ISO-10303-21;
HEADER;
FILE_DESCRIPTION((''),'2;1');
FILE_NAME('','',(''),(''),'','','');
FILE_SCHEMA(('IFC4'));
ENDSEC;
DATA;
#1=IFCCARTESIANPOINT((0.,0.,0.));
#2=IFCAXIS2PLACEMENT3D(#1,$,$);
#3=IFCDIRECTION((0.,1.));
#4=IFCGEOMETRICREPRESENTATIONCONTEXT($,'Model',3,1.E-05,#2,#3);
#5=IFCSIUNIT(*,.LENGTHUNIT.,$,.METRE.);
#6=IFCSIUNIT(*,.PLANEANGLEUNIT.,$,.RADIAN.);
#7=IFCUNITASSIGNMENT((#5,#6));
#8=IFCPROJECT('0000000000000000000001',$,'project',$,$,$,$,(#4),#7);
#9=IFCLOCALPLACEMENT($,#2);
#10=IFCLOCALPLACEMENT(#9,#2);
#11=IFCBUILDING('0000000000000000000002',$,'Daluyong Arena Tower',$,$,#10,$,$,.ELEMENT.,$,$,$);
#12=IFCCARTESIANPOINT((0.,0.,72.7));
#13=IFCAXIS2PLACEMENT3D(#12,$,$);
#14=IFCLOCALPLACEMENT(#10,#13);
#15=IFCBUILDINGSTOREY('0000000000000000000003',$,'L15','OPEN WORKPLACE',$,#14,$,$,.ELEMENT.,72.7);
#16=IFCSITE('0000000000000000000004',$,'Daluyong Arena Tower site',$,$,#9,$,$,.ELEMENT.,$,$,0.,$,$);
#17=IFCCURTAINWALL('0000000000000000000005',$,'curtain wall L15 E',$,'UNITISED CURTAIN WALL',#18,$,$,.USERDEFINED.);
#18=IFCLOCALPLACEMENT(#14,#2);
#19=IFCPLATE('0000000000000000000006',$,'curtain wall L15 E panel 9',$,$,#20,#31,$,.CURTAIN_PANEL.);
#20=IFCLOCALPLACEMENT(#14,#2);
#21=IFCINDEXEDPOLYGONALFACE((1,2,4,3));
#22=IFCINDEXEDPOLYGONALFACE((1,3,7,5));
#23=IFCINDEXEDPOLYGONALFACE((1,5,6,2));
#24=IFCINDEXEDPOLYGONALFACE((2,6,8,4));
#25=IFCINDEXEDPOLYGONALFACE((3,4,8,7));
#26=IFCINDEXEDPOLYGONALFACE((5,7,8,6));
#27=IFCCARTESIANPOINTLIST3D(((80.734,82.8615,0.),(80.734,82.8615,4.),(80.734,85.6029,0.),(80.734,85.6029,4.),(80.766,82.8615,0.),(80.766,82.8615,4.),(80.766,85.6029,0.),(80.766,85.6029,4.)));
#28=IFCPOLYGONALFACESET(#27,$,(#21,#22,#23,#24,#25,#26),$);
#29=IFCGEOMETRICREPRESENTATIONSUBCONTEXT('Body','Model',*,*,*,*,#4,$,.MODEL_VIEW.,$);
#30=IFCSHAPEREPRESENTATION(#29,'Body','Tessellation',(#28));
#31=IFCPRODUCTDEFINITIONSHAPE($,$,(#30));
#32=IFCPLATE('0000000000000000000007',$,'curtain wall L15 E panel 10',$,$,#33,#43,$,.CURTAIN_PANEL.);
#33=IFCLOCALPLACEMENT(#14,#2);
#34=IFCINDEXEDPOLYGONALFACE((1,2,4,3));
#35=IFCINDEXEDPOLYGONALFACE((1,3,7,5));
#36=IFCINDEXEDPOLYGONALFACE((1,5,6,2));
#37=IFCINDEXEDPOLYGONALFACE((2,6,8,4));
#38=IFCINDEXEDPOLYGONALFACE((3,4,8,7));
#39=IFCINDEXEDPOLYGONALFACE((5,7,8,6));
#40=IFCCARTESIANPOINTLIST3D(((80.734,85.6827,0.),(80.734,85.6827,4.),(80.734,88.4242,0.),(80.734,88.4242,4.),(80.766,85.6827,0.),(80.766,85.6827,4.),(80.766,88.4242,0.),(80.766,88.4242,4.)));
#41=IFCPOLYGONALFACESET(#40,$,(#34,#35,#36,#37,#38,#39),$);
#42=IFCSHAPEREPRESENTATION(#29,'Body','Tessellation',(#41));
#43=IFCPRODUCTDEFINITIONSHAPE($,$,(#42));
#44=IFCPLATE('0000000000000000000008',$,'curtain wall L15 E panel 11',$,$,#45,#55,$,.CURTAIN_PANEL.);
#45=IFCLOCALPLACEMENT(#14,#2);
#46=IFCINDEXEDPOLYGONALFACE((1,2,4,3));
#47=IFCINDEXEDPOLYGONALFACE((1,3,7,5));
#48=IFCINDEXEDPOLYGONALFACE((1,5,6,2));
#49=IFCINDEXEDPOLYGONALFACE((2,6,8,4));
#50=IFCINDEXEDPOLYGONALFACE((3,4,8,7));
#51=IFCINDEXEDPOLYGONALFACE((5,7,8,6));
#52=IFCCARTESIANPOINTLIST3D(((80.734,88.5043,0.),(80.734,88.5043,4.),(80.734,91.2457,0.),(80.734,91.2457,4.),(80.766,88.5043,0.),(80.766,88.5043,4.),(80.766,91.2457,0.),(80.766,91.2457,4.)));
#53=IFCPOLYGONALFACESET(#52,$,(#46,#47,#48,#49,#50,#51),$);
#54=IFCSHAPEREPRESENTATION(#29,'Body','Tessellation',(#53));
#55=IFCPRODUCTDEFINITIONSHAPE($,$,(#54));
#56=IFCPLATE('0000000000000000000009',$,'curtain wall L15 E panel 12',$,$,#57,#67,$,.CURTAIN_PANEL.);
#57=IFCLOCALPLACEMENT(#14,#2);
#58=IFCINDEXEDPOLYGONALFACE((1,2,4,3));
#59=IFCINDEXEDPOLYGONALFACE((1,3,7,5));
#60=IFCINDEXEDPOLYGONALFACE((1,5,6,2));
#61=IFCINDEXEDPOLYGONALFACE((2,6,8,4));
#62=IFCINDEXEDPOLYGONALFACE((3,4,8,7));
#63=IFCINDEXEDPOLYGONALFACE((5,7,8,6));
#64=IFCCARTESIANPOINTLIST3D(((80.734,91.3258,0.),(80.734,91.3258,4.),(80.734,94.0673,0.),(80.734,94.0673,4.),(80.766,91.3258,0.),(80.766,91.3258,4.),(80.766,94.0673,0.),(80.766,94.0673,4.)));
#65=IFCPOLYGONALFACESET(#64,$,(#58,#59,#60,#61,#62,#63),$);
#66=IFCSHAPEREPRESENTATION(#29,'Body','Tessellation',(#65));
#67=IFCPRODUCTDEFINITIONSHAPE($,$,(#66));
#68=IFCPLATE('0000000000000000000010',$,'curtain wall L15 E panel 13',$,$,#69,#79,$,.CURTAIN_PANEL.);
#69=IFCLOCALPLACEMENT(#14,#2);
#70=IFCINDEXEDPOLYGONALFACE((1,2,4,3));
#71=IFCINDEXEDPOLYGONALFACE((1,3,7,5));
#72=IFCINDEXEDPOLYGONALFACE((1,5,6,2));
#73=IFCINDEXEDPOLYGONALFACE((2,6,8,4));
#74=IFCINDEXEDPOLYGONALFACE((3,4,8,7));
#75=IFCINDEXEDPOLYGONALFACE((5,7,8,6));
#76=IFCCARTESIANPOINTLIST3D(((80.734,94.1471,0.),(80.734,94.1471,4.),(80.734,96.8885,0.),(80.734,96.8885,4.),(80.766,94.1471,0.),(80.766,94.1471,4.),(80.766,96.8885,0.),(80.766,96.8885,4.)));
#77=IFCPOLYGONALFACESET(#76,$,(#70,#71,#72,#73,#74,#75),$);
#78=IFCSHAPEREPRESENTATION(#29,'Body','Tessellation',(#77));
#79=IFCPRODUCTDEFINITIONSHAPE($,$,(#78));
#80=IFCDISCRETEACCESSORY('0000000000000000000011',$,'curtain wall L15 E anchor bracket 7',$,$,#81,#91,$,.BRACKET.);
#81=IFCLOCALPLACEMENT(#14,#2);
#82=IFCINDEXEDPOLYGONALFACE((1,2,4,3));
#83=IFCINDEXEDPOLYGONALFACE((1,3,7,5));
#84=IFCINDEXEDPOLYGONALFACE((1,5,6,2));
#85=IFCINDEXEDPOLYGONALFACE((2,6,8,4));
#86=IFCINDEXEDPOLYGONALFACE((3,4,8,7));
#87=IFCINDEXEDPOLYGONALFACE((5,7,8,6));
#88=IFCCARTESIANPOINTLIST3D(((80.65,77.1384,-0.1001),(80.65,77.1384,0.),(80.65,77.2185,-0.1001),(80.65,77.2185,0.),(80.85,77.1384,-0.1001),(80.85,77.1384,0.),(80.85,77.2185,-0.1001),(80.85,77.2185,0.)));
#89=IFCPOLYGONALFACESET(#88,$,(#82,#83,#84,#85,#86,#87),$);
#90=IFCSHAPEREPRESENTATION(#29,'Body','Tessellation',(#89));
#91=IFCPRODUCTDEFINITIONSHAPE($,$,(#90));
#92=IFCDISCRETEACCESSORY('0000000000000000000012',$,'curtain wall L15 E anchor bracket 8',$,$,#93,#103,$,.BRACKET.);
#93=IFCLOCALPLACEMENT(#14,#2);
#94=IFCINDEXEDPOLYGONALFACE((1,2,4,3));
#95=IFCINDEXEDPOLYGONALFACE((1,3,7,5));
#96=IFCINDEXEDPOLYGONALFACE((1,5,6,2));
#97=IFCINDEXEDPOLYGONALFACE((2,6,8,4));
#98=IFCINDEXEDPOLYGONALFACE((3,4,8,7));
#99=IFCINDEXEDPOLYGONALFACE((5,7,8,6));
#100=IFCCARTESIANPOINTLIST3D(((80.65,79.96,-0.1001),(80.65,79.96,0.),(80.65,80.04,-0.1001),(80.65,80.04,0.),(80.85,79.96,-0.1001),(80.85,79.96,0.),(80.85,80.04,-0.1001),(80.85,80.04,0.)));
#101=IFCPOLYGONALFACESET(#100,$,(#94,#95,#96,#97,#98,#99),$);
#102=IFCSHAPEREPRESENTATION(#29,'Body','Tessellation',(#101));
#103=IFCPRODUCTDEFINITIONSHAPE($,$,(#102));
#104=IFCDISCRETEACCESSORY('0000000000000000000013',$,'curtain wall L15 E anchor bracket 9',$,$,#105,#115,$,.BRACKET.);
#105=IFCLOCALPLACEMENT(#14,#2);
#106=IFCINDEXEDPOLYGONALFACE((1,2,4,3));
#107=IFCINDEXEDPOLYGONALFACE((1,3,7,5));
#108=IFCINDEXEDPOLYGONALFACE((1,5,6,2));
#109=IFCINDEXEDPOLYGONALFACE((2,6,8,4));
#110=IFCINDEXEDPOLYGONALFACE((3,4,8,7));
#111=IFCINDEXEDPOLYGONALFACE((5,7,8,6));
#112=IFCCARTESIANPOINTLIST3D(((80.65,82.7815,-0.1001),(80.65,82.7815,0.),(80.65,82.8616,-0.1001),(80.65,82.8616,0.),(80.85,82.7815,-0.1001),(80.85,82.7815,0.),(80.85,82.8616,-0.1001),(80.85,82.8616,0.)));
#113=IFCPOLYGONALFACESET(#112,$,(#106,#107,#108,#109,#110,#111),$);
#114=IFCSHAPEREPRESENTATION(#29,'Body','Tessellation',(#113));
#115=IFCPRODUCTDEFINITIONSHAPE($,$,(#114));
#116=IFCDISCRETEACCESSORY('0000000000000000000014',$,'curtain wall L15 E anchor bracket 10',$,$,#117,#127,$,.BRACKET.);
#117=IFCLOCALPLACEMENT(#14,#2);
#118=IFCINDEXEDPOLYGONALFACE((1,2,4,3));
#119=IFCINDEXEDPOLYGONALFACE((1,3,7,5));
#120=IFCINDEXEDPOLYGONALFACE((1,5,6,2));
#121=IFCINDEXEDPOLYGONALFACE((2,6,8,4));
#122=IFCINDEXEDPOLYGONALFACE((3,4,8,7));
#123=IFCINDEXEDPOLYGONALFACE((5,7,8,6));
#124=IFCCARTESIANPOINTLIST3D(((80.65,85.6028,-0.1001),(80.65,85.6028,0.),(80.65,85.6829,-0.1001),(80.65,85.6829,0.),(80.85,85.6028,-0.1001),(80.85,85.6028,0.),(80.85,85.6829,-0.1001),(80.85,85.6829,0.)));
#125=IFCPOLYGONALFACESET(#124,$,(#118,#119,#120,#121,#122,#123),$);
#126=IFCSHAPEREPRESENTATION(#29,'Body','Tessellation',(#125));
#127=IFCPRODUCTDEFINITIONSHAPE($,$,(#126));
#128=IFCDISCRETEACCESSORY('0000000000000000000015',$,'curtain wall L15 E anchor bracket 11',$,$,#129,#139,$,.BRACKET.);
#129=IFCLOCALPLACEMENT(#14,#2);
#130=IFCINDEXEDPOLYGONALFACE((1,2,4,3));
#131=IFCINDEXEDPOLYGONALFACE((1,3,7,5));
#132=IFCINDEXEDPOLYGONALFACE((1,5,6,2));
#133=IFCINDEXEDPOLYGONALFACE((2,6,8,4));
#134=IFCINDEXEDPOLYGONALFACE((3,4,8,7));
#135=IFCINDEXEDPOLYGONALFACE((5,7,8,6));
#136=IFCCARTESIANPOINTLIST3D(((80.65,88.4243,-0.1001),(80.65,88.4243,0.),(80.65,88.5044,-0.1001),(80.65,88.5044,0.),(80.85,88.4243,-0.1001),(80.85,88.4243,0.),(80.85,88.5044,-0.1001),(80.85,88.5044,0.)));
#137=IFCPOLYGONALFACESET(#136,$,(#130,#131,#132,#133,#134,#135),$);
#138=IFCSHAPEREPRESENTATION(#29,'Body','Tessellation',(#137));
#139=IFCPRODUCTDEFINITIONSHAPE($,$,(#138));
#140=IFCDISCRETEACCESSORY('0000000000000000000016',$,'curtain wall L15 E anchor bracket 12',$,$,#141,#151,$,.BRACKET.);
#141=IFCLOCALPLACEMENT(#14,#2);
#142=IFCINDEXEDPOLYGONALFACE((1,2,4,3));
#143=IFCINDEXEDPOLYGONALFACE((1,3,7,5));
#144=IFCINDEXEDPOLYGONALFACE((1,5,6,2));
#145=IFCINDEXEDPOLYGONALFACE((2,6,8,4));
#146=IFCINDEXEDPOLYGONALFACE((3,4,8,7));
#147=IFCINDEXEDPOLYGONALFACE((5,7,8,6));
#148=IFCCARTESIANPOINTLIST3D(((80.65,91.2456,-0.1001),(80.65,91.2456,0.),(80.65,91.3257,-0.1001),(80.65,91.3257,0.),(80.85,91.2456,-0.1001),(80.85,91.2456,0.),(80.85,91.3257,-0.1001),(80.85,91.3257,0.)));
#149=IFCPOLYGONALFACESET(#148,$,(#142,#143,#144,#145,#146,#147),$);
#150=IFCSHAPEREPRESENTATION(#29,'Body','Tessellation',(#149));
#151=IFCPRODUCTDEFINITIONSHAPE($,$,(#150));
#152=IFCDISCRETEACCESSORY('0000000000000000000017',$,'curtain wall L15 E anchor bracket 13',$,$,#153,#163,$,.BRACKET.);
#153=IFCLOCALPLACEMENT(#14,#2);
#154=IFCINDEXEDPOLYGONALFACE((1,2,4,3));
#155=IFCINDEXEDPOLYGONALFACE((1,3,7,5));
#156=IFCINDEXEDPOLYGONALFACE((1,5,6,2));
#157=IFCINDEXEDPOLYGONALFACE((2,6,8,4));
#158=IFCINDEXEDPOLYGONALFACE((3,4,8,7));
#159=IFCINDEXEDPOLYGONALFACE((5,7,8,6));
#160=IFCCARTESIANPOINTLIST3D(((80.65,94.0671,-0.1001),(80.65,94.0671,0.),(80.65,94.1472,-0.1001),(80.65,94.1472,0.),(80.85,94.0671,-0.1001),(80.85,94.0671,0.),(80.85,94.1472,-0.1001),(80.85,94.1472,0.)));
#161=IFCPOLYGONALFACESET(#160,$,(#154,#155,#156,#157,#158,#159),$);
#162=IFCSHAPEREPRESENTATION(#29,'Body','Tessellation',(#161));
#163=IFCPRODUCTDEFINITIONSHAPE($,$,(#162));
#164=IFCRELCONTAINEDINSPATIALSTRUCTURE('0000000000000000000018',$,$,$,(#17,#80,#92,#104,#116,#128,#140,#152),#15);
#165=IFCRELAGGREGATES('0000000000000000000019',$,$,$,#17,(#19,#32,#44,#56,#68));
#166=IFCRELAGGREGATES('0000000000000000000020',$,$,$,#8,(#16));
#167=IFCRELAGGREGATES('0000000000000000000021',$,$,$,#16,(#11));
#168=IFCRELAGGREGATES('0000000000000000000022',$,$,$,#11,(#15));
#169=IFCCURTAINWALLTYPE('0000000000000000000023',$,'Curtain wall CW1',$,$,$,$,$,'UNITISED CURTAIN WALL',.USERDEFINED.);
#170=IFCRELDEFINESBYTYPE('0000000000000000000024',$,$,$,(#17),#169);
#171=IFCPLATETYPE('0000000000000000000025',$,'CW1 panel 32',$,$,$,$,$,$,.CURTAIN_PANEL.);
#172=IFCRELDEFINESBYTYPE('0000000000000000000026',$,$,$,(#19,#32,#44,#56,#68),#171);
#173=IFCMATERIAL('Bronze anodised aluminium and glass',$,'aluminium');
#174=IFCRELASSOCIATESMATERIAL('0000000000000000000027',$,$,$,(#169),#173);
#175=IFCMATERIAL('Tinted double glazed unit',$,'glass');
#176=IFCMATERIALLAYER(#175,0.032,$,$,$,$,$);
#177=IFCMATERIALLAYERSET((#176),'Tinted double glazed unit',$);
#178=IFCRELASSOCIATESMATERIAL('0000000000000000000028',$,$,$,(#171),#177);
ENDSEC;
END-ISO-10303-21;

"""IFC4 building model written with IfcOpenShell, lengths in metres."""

from ifc_helpers import new_model, si_unit, direction, frame, origin, origin_2d, place, context, subcontext, project, spatial, rectangle, extrude, material, layer, layer_set, type_object, element, aggregate, save


model = new_model("IFC4")

# Units and contexts
model_context = context("Model", 3, precision=1e-05, world=origin(), true_north=direction((0.0, 1.0)))
body_context = subcontext(model_context, "Body", "Model", "MODEL_VIEW")
ifc_project = project(units=[si_unit("LENGTHUNIT", "METRE"), si_unit("PLANEANGLEUNIT", "RADIAN")], contexts=[model_context])

# Site, building, storey
site_placement = place(None, origin())
site = spatial("IfcSite", under=ifc_project, at=site_placement, Name="Daluyong Arena Tower site", CompositionType="ELEMENT", RefElevation=0.0)
building_placement = place(site_placement, origin())
building = spatial("IfcBuilding", under=site, at=building_placement, Name="Daluyong Arena Tower", CompositionType="ELEMENT")
storey_placement = place(building_placement, frame((0.0, 0.0, 72.7)))
storey = spatial("IfcBuildingStorey", under=building, at=storey_placement, Name="L15", Description="OPEN WORKPLACE", CompositionType="ELEMENT", Elevation=72.7)

# Curtain wall
ifc_material_1 = material(Name="Bronze anodised aluminium and glass", Category="aluminium")
curtain_wall_type = type_object("IfcCurtainWallType", Name="Curtain wall CW1", ElementType="UNITISED CURTAIN WALL", PredefinedType="USERDEFINED", material=ifc_material_1)
curtain_wall_placement = place(storey_placement, origin())
curtain_wall = element("IfcCurtainWall", 1, at=curtain_wall_placement, inside=storey, type_object=curtain_wall_type, Name="curtain wall L15 E", ObjectType="UNITISED CURTAIN WALL", PredefinedType="USERDEFINED")

# Plates
ifc_material_2 = material(Name="Tinted double glazed unit", Category="glass")
ifc_layer = layer(ifc_material_2, 0.032)
ifc_layer_set = layer_set([ifc_layer], Name="Tinted double glazed unit")
plate_type = type_object("IfcPlateType", Name="CW1 panel 32", PredefinedType="CURTAIN_PANEL", material=ifc_layer_set)
plate_1_placement = place(storey_placement, frame((80.75, 84.2322, 0.0), z_axis=(0.0, 0.0, 1.0), x_axis=(0.0, 1.0, 0.0)))
plate_1 = element("IfcPlate", 2, at=plate_1_placement, type_object=plate_type, Name="curtain wall L15 E panel 9", PredefinedType="CURTAIN_PANEL", context=body_context, shape_type="SweptSolid", body=[
    extrude(rectangle(XDim=2.7415, YDim=0.032, at=origin_2d()), origin(), (0.0, 0.0, 1.0), 4.0),
])
plate_2_placement = place(storey_placement, frame((80.75, 87.0535, 0.0), z_axis=(0.0, 0.0, 1.0), x_axis=(0.0, 1.0, 0.0)))
plate_2 = element("IfcPlate", 3, at=plate_2_placement, type_object=plate_type, Name="curtain wall L15 E panel 10", PredefinedType="CURTAIN_PANEL", context=body_context, shape_type="SweptSolid", body=[
    extrude(rectangle(XDim=2.7415, YDim=0.032, at=origin_2d()), origin(), (0.0, 0.0, 1.0), 4.0),
])
plate_3_placement = place(storey_placement, frame((80.75, 89.875, 0.0), z_axis=(0.0, 0.0, 1.0), x_axis=(0.0, 1.0, 0.0)))
plate_3 = element("IfcPlate", 4, at=plate_3_placement, type_object=plate_type, Name="curtain wall L15 E panel 11", PredefinedType="CURTAIN_PANEL", context=body_context, shape_type="SweptSolid", body=[
    extrude(rectangle(XDim=2.7415, YDim=0.032, at=origin_2d()), origin(), (0.0, 0.0, 1.0), 4.0),
])
plate_4_placement = place(storey_placement, frame((80.75, 92.6965, 0.0), z_axis=(0.0, 0.0, 1.0), x_axis=(0.0, 1.0, 0.0)))
plate_4 = element("IfcPlate", 5, at=plate_4_placement, type_object=plate_type, Name="curtain wall L15 E panel 12", PredefinedType="CURTAIN_PANEL", context=body_context, shape_type="SweptSolid", body=[
    extrude(rectangle(XDim=2.7415, YDim=0.032, at=origin_2d()), origin(), (0.0, 0.0, 1.0), 4.0),
])
plate_5_placement = place(storey_placement, frame((80.75, 95.5178, 0.0), z_axis=(0.0, 0.0, 1.0), x_axis=(0.0, 1.0, 0.0)))
plate_5 = element("IfcPlate", 6, at=plate_5_placement, type_object=plate_type, Name="curtain wall L15 E panel 13", PredefinedType="CURTAIN_PANEL", context=body_context, shape_type="SweptSolid", body=[
    extrude(rectangle(XDim=2.7415, YDim=0.032, at=origin_2d()), origin(), (0.0, 0.0, 1.0), 4.0),
])
aggregate(curtain_wall, [plate_1, plate_2, plate_3, plate_4, plate_5])

# Discrete accessories
for number, where, z_axis, x_axis, name in (
    (7, (80.75, 77.1785, -0.1001), (0.0, 0.0, 1.0), (0.0, 1.0, 0.0), "curtain wall L15 E anchor bracket 7"),
    (8, (80.75, 80.0, -0.1001), (0.0, 0.0, 1.0), (0.0, 1.0, 0.0), "curtain wall L15 E anchor bracket 8"),
    (9, (80.75, 82.8215, -0.1001), (0.0, 0.0, 1.0), (0.0, 1.0, 0.0), "curtain wall L15 E anchor bracket 9"),
    (10, (80.75, 85.6428, -0.1001), (0.0, 0.0, 1.0), (0.0, 1.0, 0.0), "curtain wall L15 E anchor bracket 10"),
    (11, (80.75, 88.4644, -0.1001), (0.0, 0.0, 1.0), (0.0, 1.0, 0.0), "curtain wall L15 E anchor bracket 11"),
    (12, (80.75, 91.2856, -0.1001), (0.0, 0.0, 1.0), (0.0, 1.0, 0.0), "curtain wall L15 E anchor bracket 12"),
    (13, (80.75, 94.1072, -0.1001), (0.0, 0.0, 1.0), (0.0, 1.0, 0.0), "curtain wall L15 E anchor bracket 13"),
):
    element("IfcDiscreteAccessory", number, at=place(storey_placement, frame(where, z_axis=z_axis, x_axis=x_axis)), inside=storey, Name=name, PredefinedType="BRACKET", context=body_context, shape_type="SweptSolid", body=[
        extrude(rectangle(XDim=0.0801, YDim=0.2, at=origin_2d()), origin(), (0.0, 0.0, 1.0), 0.1001),
    ])

save(model, "model.ifc")
